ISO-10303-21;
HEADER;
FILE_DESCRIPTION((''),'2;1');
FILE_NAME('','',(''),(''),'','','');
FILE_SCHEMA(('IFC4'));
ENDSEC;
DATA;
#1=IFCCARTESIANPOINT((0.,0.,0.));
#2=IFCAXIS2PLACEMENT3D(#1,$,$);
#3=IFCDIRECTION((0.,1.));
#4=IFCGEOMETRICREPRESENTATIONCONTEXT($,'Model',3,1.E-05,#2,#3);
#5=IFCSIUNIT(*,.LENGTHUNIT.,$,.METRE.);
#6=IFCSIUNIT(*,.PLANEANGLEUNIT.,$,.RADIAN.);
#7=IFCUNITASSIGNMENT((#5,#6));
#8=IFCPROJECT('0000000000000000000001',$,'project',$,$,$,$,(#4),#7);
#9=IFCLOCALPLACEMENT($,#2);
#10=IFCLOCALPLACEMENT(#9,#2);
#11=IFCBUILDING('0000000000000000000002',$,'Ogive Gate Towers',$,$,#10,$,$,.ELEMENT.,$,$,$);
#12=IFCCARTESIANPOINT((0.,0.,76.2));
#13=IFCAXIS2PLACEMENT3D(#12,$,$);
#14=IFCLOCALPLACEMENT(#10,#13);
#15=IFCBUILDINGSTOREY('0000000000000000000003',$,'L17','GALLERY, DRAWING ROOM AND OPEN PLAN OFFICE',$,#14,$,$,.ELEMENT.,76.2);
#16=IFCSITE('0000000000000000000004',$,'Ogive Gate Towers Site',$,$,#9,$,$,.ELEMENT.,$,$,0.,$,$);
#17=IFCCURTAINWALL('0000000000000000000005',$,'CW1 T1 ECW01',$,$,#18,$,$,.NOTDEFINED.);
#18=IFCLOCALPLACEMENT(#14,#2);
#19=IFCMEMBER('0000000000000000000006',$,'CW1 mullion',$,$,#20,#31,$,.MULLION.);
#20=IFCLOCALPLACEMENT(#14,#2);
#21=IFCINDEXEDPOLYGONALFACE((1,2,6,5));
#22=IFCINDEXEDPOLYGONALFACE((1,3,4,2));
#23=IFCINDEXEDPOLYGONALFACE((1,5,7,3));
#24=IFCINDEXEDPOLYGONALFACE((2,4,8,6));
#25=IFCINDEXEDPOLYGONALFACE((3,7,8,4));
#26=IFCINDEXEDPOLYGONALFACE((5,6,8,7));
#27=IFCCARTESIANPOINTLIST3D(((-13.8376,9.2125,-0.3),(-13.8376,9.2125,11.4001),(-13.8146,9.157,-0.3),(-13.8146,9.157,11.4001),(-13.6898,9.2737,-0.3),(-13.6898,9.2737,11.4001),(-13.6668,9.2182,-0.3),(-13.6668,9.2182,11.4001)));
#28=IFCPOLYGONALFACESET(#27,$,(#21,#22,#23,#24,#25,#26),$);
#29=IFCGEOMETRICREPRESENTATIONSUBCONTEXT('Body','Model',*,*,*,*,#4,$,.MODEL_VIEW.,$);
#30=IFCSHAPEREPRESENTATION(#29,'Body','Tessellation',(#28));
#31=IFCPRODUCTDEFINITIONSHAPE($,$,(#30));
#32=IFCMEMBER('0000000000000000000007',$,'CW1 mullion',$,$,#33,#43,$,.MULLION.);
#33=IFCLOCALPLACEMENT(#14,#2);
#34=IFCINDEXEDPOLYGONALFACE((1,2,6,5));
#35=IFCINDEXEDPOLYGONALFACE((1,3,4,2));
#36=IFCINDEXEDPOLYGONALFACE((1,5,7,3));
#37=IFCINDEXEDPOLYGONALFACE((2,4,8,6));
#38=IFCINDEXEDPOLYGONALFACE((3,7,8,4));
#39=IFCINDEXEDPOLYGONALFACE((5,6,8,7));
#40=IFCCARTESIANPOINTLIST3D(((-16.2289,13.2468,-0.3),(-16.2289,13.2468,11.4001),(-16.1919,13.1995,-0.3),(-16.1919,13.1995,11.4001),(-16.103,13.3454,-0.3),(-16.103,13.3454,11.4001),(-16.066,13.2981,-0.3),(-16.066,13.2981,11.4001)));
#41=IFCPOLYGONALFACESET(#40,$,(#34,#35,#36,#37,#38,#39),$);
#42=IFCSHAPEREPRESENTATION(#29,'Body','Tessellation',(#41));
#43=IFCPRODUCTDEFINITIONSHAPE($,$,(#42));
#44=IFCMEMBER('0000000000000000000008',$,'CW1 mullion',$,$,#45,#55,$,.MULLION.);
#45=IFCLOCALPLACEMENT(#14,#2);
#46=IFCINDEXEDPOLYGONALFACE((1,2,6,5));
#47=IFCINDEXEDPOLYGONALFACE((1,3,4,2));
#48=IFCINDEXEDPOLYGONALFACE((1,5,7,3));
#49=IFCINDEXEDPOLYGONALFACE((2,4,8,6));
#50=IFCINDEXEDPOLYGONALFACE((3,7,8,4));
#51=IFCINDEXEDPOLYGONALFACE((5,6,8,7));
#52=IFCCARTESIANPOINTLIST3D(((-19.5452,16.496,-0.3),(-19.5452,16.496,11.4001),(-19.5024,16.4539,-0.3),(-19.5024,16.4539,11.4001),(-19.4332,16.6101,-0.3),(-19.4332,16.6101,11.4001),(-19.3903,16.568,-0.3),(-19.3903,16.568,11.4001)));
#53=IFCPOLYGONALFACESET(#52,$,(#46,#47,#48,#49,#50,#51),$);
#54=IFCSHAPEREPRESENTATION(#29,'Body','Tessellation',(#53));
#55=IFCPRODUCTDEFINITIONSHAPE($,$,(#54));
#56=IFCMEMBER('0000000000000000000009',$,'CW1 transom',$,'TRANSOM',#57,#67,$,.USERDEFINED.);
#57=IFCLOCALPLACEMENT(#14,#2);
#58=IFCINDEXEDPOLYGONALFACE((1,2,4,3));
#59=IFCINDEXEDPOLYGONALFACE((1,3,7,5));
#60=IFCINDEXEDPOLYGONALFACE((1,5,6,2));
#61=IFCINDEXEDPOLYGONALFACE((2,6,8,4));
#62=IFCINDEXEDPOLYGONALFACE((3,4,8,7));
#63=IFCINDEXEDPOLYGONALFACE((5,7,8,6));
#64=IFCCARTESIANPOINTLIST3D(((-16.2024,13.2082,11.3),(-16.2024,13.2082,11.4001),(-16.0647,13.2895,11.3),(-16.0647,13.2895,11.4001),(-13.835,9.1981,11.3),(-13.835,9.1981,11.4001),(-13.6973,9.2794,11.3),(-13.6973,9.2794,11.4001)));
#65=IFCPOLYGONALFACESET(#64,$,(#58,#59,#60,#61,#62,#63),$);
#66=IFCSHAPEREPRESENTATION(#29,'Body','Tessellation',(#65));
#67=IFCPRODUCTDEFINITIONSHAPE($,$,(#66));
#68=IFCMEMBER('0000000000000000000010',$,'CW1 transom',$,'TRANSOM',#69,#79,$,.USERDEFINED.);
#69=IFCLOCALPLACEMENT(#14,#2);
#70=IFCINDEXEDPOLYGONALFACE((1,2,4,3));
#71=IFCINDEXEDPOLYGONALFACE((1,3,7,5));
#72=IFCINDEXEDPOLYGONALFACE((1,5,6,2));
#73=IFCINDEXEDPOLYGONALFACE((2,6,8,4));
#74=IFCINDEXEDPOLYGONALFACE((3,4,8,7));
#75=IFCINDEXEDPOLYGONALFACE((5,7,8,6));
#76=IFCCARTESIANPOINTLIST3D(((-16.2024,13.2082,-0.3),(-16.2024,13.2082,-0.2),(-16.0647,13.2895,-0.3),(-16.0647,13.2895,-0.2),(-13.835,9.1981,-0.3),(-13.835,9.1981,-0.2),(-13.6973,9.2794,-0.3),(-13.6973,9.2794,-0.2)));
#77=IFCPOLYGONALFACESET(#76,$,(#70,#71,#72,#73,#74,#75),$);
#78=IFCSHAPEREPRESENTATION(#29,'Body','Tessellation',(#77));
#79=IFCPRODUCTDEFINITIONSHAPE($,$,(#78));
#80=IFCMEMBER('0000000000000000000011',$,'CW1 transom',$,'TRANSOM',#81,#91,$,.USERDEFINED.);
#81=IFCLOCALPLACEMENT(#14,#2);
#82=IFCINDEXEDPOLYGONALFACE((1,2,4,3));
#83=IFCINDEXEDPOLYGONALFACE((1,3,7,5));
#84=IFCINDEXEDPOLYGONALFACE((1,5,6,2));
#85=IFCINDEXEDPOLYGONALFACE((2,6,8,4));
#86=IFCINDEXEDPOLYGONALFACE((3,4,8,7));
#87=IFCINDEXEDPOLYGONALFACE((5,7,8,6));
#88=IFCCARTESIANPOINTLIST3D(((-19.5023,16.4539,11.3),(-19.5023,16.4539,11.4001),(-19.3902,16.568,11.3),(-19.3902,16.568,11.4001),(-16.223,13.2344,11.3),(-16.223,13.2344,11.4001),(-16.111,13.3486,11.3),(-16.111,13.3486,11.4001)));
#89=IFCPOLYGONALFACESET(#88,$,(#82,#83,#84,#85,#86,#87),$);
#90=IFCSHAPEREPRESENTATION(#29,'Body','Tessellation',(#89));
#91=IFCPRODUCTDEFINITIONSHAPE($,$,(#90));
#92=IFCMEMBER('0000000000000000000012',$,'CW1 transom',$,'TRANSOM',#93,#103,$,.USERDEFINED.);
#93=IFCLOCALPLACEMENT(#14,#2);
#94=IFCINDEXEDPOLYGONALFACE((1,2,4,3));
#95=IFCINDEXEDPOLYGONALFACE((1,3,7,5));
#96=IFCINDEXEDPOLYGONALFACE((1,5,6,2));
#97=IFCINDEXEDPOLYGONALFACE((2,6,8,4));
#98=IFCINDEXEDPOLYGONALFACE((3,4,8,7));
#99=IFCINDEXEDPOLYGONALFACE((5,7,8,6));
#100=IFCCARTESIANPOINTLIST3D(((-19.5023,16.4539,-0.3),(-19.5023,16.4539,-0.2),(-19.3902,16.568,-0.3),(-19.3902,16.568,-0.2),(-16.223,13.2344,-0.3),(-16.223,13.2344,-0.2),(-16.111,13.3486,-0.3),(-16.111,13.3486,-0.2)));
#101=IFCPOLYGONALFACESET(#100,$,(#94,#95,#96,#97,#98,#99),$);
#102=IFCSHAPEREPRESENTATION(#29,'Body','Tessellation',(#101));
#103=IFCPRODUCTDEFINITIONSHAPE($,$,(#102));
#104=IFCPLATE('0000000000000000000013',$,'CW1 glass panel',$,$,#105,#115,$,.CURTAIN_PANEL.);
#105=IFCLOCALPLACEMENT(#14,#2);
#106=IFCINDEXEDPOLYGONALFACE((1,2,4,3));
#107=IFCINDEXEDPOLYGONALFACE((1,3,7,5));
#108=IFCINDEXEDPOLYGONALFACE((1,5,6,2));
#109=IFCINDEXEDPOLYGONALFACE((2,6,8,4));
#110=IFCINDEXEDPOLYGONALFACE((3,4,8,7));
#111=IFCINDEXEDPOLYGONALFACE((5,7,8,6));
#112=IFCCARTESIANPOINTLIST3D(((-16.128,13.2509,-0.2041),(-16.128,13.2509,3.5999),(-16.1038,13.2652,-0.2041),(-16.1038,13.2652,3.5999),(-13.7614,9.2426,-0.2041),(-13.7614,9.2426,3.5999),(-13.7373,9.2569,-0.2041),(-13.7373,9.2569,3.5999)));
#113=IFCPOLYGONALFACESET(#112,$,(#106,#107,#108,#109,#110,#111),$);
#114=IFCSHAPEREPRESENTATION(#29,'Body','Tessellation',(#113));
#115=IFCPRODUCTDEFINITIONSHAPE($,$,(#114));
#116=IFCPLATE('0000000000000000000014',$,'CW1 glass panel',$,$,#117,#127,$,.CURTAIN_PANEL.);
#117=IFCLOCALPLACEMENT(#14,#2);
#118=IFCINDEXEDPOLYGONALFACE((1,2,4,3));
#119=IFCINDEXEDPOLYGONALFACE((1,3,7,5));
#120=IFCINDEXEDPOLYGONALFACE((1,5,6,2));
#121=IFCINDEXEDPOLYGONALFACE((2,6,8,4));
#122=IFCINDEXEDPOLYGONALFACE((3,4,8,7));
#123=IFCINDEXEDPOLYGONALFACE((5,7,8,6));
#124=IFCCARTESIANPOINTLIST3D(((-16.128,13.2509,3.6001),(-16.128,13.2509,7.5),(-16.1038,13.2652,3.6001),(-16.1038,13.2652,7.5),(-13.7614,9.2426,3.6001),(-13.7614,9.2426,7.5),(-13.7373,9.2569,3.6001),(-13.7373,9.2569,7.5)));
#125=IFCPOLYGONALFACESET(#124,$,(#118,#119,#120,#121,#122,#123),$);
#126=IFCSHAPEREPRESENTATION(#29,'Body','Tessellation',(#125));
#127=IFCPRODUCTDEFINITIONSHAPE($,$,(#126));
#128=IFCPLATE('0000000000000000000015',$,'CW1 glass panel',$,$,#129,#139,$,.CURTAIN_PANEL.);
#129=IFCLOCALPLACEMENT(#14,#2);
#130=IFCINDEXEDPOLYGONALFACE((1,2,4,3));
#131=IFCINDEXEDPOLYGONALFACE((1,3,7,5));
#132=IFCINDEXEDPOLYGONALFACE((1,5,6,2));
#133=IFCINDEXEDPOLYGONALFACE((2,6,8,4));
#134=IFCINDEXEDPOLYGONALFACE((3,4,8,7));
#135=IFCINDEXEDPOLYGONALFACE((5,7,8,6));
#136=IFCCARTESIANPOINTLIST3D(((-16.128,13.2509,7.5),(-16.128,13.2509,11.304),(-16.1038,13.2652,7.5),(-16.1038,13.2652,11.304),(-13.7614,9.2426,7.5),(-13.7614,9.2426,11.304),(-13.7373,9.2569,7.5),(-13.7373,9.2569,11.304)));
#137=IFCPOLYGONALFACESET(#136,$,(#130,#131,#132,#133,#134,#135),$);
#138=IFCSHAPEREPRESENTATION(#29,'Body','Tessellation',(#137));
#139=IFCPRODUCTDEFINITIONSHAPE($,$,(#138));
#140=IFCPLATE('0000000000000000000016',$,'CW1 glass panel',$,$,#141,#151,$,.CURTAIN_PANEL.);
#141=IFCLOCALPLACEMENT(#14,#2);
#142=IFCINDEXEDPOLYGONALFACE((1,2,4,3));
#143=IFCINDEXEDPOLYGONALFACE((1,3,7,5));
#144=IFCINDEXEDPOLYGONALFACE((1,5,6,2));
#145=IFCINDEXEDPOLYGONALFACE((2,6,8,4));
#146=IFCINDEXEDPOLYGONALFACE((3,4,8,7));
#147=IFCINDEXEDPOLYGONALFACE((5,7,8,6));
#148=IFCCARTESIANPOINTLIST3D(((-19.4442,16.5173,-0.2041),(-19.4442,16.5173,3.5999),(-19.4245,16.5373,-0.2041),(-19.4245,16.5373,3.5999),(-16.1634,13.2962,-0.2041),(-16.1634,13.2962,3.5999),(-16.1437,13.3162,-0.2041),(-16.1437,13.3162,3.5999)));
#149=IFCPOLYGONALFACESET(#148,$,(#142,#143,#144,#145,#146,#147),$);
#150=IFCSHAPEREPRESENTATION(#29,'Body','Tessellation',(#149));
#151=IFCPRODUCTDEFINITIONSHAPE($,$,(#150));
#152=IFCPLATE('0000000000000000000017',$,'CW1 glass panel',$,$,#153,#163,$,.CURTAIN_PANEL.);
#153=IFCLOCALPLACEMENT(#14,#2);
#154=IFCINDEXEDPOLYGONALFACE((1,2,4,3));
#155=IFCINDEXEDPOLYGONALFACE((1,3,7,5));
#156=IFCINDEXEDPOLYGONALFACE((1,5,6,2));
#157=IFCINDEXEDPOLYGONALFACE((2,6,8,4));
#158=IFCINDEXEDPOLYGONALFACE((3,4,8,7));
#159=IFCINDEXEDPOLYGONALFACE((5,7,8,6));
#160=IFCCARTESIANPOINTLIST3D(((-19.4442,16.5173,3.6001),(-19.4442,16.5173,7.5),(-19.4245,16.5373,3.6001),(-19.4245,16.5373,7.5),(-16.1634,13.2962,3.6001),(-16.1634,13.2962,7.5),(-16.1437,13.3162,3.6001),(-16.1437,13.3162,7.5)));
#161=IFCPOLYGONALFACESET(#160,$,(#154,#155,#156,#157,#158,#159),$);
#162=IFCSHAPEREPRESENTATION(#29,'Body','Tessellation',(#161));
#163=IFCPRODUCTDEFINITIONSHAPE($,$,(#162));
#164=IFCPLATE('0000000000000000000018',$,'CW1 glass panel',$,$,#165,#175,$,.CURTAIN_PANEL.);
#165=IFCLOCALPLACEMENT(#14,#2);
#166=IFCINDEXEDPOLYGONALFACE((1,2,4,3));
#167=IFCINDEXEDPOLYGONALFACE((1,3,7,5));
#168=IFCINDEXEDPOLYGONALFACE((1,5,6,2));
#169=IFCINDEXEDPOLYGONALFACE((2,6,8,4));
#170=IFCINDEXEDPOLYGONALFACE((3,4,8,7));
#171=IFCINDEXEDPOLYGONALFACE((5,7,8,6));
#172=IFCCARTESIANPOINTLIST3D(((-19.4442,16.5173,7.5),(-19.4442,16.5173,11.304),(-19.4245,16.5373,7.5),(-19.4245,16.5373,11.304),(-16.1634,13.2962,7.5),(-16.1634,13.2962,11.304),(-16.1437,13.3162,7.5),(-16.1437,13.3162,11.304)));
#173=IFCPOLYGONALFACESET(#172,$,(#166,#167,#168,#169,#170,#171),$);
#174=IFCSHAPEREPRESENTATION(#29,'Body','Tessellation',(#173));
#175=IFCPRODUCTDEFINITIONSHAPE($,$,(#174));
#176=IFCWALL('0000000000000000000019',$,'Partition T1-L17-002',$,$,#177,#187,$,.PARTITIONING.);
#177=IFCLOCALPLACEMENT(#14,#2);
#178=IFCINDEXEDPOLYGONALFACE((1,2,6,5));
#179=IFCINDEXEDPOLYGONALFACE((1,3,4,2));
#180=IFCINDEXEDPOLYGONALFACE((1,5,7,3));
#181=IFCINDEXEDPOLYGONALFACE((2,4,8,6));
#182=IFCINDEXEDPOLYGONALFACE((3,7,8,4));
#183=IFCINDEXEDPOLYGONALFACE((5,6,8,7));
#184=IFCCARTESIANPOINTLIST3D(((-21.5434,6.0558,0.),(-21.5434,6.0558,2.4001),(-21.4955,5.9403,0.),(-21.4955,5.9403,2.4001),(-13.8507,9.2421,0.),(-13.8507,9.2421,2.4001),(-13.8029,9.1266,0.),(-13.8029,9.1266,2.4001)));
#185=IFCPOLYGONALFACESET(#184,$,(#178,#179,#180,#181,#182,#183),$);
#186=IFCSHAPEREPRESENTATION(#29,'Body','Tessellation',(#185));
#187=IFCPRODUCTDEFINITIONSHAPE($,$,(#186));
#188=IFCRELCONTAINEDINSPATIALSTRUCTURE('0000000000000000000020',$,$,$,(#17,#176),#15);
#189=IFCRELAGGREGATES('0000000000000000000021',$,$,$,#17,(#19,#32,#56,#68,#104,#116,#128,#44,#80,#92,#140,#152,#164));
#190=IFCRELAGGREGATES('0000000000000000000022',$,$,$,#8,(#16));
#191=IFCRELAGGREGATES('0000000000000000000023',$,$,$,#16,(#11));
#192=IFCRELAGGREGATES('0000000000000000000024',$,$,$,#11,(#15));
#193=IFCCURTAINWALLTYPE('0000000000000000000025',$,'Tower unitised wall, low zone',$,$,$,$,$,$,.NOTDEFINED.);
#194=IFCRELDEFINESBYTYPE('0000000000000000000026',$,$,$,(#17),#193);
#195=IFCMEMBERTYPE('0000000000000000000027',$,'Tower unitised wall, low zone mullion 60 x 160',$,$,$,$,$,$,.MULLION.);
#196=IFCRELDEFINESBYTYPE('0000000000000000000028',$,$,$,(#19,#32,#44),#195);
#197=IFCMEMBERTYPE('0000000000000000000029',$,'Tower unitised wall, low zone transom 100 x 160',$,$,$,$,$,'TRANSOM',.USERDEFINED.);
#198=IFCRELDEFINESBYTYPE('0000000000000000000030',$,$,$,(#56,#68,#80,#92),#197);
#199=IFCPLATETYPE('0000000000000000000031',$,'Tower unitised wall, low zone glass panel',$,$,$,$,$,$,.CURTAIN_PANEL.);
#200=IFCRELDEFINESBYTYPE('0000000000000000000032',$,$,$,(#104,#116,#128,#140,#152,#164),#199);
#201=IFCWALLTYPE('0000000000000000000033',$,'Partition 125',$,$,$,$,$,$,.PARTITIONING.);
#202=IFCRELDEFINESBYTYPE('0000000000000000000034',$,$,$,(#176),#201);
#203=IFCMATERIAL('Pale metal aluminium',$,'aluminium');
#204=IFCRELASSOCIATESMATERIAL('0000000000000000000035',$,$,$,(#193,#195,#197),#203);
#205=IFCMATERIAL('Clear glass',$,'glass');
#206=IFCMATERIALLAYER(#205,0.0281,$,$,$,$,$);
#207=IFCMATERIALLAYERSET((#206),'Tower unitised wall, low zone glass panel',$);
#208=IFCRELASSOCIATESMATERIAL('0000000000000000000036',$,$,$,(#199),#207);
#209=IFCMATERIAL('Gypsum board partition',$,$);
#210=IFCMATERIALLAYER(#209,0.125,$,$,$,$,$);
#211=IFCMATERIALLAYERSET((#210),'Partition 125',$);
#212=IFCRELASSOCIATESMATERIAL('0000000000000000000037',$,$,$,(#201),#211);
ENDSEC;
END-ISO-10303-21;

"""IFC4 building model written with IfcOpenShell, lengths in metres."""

from ifc_helpers import new_model, si_unit, direction, frame, frame_2d, origin, origin_2d, place, context, subcontext, project, spatial, rectangle, extrude, material, layer, layer_set, material_profile, profile_set, type_object, element, aggregate, save


model = new_model("IFC4")

# Units and contexts
model_context = context("Model", 3, precision=1e-05, world=origin(), true_north=direction((0.0, 1.0)))
body_context = subcontext(model_context, "Body", "Model", "MODEL_VIEW")
ifc_project = project(units=[si_unit("LENGTHUNIT", "METRE"), si_unit("PLANEANGLEUNIT", "RADIAN")], contexts=[model_context])

# Site, building, storey
site_placement = place(None, origin())
site = spatial("IfcSite", under=ifc_project, at=site_placement, Name="Ogive Gate Towers Site", CompositionType="ELEMENT", RefElevation=0.0)
building_placement = place(site_placement, origin())
building = spatial("IfcBuilding", under=site, at=building_placement, Name="Ogive Gate Towers", CompositionType="ELEMENT")
storey_placement = place(building_placement, frame((0.0, 0.0, 76.2)))
storey = spatial("IfcBuildingStorey", under=building, at=storey_placement, Name="L17", Description="GALLERY, DRAWING ROOM AND OPEN PLAN OFFICE", CompositionType="ELEMENT", Elevation=76.2)

# Curtain wall, members, plates
ifc_material_1 = material(Name="Pale metal aluminium", Category="aluminium")
curtain_wall_type = type_object("IfcCurtainWallType", Name="Tower unitised wall, low zone", PredefinedType="NOTDEFINED", material=ifc_material_1)
curtain_wall_placement = place(storey_placement, origin())
curtain_wall = element("IfcCurtainWall", 1, at=curtain_wall_placement, inside=storey, type_object=curtain_wall_type, Name="CW1 T1 ECW01", PredefinedType="NOTDEFINED")
ifc_material_profile_1 = material_profile(ifc_material_1, rectangle(XDim=0.1599, YDim=0.0601, at=origin_2d()), Name="60 x 160 aluminium box")
ifc_profile_set_1 = profile_set([ifc_material_profile_1], Name="Pale metal aluminium")
member_type_1 = type_object("IfcMemberType", Name="Tower unitised wall, low zone mullion 60 x 160", PredefinedType="MULLION", material=ifc_profile_set_1)
member_1_placement = place(storey_placement, frame((-13.7522, 9.2153, -0.3), z_axis=(0.0, 0.0, 1.0), x_axis=(0.92388, 0.382683, 0.0)))
member_1 = element("IfcMember", 2, at=member_1_placement, type_object=member_type_1, Name="CW1 mullion", PredefinedType="MULLION", context=body_context, shape_type="SweptSolid", body=[
    extrude(rectangle(XDim=0.1599, YDim=0.0601, at=origin_2d()), origin(), (0.0, 0.0, 1.0), 11.7002),
])
member_2_placement = place(storey_placement, frame((-16.1475, 13.2725, -0.3), z_axis=(0.0, 0.0, 1.0), x_axis=(0.787559, 0.616239, 0.0)))
member_2 = element("IfcMember", 3, at=member_2_placement, type_object=member_type_1, Name="CW1 mullion", PredefinedType="MULLION", context=body_context, shape_type="SweptSolid", body=[
    extrude(rectangle(XDim=0.1599, YDim=0.0601, at=origin_2d()), origin(), (0.0, 0.0, 1.0), 11.7002),
])
member_3_placement = place(storey_placement, frame((-19.4678, 16.532, -0.3), z_axis=(0.0, 0.0, 1.0), x_axis=(0.700586, 0.713568, 0.0)))
member_3 = element("IfcMember", 4, at=member_3_placement, type_object=member_type_1, Name="CW1 mullion", PredefinedType="MULLION", context=body_context, shape_type="SweptSolid", body=[
    extrude(rectangle(XDim=0.1599, YDim=0.0601, at=origin_2d()), origin(), (0.0, 0.0, 1.0), 11.7002),
])
ifc_material_profile_2 = material_profile(ifc_material_1, rectangle(XDim=0.1599, YDim=0.1001, at=origin_2d()), Name="100 x 160 aluminium box")
ifc_profile_set_2 = profile_set([ifc_material_profile_2], Name="Pale metal aluminium")
member_type_2 = type_object("IfcMemberType", Name="Tower unitised wall, low zone transom 100 x 160", ElementType="TRANSOM", PredefinedType="USERDEFINED", material=ifc_profile_set_2)
member_4_placement = place(storey_placement, frame((-13.7661, 9.2388, 11.3501), z_axis=(-0.508392, 0.861126, 0.0), x_axis=(-0.861126, -0.508392, 0.0)))
member_4 = element("IfcMember", 5, at=member_4_placement, type_object=member_type_2, Name="CW1 transom", ObjectType="TRANSOM", PredefinedType="USERDEFINED", context=body_context, shape_type="SweptSolid", body=[
    extrude(rectangle(XDim=0.1599, YDim=0.1001, at=origin_2d()), origin(), (0.0, 0.0, 1.0), 4.6567),
])
member_5_placement = place(storey_placement, frame((-13.7661, 9.2388, -0.25), z_axis=(-0.508392, 0.861126, 0.0), x_axis=(-0.861126, -0.508392, 0.0)))
member_5 = element("IfcMember", 6, at=member_5_placement, type_object=member_type_2, Name="CW1 transom", ObjectType="TRANSOM", PredefinedType="USERDEFINED", context=body_context, shape_type="SweptSolid", body=[
    extrude(rectangle(XDim=0.1599, YDim=0.1001, at=origin_2d()), origin(), (0.0, 0.0, 1.0), 4.6567),
])
member_6_placement = place(storey_placement, frame((-16.167, 13.2915, 11.3501), z_axis=(-0.713585, 0.700569, 0.0), x_axis=(-0.700569, -0.713585, 0.0)))
member_6 = element("IfcMember", 7, at=member_6_placement, type_object=member_type_2, Name="CW1 transom", ObjectType="TRANSOM", PredefinedType="USERDEFINED", context=body_context, shape_type="SweptSolid", body=[
    extrude(rectangle(XDim=0.1599, YDim=0.1001, at=origin_2d()), origin(), (0.0, 0.0, 1.0), 4.5955),
])
member_7_placement = place(storey_placement, frame((-16.167, 13.2915, -0.25), z_axis=(-0.713585, 0.700569, 0.0), x_axis=(-0.700569, -0.713585, 0.0)))
member_7 = element("IfcMember", 8, at=member_7_placement, type_object=member_type_2, Name="CW1 transom", ObjectType="TRANSOM", PredefinedType="USERDEFINED", context=body_context, shape_type="SweptSolid", body=[
    extrude(rectangle(XDim=0.1599, YDim=0.1001, at=origin_2d()), origin(), (0.0, 0.0, 1.0), 4.5955),
])
ifc_material_2 = material(Name="Clear glass", Category="glass")
ifc_layer_1 = layer(ifc_material_2, 0.0281)
ifc_layer_set_1 = layer_set([ifc_layer_1], Name="Tower unitised wall, low zone glass panel")
plate_type = type_object("IfcPlateType", Name="Tower unitised wall, low zone glass panel", PredefinedType="CURTAIN_PANEL", material=ifc_layer_set_1)
plate_1_placement = place(storey_placement, frame((-14.9326, 11.2539, -0.2041), z_axis=(0.0, 0.0, 1.0), x_axis=(-0.50841, 0.861115, 0.0)))
plate_1 = element("IfcPlate", 9, at=plate_1_placement, type_object=plate_type, Name="CW1 glass panel", PredefinedType="CURTAIN_PANEL", context=body_context, shape_type="SweptSolid", body=[
    extrude(rectangle(XDim=4.6548, YDim=0.0281, at=origin_2d()), origin(), (0.0, 0.0, 1.0), 3.804),
])
plate_2_placement = place(storey_placement, frame((-14.9326, 11.2539, 3.6001), z_axis=(0.0, 0.0, 1.0), x_axis=(-0.50841, 0.861115, 0.0)))
plate_2 = element("IfcPlate", 10, at=plate_2_placement, type_object=plate_type, Name="CW1 glass panel", PredefinedType="CURTAIN_PANEL", context=body_context, shape_type="SweptSolid", body=[
    extrude(rectangle(XDim=4.6548, YDim=0.0281, at=origin_2d()), origin(), (0.0, 0.0, 1.0), 3.8999),
])
plate_3_placement = place(storey_placement, frame((-14.9326, 11.2539, 7.5), z_axis=(0.0, 0.0, 1.0), x_axis=(-0.50841, 0.861115, 0.0)))
plate_3 = element("IfcPlate", 11, at=plate_3_placement, type_object=plate_type, Name="CW1 glass panel", PredefinedType="CURTAIN_PANEL", context=body_context, shape_type="SweptSolid", body=[
    extrude(rectangle(XDim=4.6548, YDim=0.0281, at=origin_2d()), origin(), (0.0, 0.0, 1.0), 3.804),
])
plate_4_placement = place(storey_placement, frame((-17.7939, 14.9167, -0.2041), z_axis=(0.0, 0.0, 1.0), x_axis=(-0.713568, 0.700586, 0.0)))
plate_4 = element("IfcPlate", 12, at=plate_4_placement, type_object=plate_type, Name="CW1 glass panel", PredefinedType="CURTAIN_PANEL", context=body_context, shape_type="SweptSolid", body=[
    extrude(rectangle(XDim=4.5977, YDim=0.0281, at=origin_2d()), origin(), (0.0, 0.0, 1.0), 3.804),
])
plate_5_placement = place(storey_placement, frame((-17.7939, 14.9167, 3.6001), z_axis=(0.0, 0.0, 1.0), x_axis=(-0.713568, 0.700586, 0.0)))
plate_5 = element("IfcPlate", 13, at=plate_5_placement, type_object=plate_type, Name="CW1 glass panel", PredefinedType="CURTAIN_PANEL", context=body_context, shape_type="SweptSolid", body=[
    extrude(rectangle(XDim=4.5977, YDim=0.0281, at=origin_2d()), origin(), (0.0, 0.0, 1.0), 3.8999),
])
plate_6_placement = place(storey_placement, frame((-17.7939, 14.9167, 7.5), z_axis=(0.0, 0.0, 1.0), x_axis=(-0.713568, 0.700586, 0.0)))
plate_6 = element("IfcPlate", 14, at=plate_6_placement, type_object=plate_type, Name="CW1 glass panel", PredefinedType="CURTAIN_PANEL", context=body_context, shape_type="SweptSolid", body=[
    extrude(rectangle(XDim=4.5977, YDim=0.0281, at=origin_2d()), origin(), (0.0, 0.0, 1.0), 3.804),
])
aggregate(curtain_wall, [member_1, member_2, member_4, member_5, plate_1, plate_2, plate_3, member_3, member_6, member_7, plate_4, plate_5, plate_6])

# Wall
ifc_material_3 = material(Name="Gypsum board partition")
ifc_layer_2 = layer(ifc_material_3, 0.125)
ifc_layer_set_2 = layer_set([ifc_layer_2], Name="Partition 125")
wall_type = type_object("IfcWallType", Name="Partition 125", PredefinedType="PARTITIONING", material=ifc_layer_set_2)
wall_placement = place(storey_placement, frame((-13.8269, 9.1843, 0.0), z_axis=(0.0, 0.0, 1.0), x_axis=(-0.923884, -0.382672, 0.0)))
element("IfcWall", 15, at=wall_placement, inside=storey, type_object=wall_type, Name="Partition T1-L17-002", PredefinedType="PARTITIONING", context=body_context, shape_type="SweptSolid", body=[
    extrude(rectangle(XDim=8.3264, YDim=0.125, at=frame_2d((4.1631, 0.0))), origin(), (0.0, 0.0, 1.0), 2.4001),
])

save(model, "model.ifc")
